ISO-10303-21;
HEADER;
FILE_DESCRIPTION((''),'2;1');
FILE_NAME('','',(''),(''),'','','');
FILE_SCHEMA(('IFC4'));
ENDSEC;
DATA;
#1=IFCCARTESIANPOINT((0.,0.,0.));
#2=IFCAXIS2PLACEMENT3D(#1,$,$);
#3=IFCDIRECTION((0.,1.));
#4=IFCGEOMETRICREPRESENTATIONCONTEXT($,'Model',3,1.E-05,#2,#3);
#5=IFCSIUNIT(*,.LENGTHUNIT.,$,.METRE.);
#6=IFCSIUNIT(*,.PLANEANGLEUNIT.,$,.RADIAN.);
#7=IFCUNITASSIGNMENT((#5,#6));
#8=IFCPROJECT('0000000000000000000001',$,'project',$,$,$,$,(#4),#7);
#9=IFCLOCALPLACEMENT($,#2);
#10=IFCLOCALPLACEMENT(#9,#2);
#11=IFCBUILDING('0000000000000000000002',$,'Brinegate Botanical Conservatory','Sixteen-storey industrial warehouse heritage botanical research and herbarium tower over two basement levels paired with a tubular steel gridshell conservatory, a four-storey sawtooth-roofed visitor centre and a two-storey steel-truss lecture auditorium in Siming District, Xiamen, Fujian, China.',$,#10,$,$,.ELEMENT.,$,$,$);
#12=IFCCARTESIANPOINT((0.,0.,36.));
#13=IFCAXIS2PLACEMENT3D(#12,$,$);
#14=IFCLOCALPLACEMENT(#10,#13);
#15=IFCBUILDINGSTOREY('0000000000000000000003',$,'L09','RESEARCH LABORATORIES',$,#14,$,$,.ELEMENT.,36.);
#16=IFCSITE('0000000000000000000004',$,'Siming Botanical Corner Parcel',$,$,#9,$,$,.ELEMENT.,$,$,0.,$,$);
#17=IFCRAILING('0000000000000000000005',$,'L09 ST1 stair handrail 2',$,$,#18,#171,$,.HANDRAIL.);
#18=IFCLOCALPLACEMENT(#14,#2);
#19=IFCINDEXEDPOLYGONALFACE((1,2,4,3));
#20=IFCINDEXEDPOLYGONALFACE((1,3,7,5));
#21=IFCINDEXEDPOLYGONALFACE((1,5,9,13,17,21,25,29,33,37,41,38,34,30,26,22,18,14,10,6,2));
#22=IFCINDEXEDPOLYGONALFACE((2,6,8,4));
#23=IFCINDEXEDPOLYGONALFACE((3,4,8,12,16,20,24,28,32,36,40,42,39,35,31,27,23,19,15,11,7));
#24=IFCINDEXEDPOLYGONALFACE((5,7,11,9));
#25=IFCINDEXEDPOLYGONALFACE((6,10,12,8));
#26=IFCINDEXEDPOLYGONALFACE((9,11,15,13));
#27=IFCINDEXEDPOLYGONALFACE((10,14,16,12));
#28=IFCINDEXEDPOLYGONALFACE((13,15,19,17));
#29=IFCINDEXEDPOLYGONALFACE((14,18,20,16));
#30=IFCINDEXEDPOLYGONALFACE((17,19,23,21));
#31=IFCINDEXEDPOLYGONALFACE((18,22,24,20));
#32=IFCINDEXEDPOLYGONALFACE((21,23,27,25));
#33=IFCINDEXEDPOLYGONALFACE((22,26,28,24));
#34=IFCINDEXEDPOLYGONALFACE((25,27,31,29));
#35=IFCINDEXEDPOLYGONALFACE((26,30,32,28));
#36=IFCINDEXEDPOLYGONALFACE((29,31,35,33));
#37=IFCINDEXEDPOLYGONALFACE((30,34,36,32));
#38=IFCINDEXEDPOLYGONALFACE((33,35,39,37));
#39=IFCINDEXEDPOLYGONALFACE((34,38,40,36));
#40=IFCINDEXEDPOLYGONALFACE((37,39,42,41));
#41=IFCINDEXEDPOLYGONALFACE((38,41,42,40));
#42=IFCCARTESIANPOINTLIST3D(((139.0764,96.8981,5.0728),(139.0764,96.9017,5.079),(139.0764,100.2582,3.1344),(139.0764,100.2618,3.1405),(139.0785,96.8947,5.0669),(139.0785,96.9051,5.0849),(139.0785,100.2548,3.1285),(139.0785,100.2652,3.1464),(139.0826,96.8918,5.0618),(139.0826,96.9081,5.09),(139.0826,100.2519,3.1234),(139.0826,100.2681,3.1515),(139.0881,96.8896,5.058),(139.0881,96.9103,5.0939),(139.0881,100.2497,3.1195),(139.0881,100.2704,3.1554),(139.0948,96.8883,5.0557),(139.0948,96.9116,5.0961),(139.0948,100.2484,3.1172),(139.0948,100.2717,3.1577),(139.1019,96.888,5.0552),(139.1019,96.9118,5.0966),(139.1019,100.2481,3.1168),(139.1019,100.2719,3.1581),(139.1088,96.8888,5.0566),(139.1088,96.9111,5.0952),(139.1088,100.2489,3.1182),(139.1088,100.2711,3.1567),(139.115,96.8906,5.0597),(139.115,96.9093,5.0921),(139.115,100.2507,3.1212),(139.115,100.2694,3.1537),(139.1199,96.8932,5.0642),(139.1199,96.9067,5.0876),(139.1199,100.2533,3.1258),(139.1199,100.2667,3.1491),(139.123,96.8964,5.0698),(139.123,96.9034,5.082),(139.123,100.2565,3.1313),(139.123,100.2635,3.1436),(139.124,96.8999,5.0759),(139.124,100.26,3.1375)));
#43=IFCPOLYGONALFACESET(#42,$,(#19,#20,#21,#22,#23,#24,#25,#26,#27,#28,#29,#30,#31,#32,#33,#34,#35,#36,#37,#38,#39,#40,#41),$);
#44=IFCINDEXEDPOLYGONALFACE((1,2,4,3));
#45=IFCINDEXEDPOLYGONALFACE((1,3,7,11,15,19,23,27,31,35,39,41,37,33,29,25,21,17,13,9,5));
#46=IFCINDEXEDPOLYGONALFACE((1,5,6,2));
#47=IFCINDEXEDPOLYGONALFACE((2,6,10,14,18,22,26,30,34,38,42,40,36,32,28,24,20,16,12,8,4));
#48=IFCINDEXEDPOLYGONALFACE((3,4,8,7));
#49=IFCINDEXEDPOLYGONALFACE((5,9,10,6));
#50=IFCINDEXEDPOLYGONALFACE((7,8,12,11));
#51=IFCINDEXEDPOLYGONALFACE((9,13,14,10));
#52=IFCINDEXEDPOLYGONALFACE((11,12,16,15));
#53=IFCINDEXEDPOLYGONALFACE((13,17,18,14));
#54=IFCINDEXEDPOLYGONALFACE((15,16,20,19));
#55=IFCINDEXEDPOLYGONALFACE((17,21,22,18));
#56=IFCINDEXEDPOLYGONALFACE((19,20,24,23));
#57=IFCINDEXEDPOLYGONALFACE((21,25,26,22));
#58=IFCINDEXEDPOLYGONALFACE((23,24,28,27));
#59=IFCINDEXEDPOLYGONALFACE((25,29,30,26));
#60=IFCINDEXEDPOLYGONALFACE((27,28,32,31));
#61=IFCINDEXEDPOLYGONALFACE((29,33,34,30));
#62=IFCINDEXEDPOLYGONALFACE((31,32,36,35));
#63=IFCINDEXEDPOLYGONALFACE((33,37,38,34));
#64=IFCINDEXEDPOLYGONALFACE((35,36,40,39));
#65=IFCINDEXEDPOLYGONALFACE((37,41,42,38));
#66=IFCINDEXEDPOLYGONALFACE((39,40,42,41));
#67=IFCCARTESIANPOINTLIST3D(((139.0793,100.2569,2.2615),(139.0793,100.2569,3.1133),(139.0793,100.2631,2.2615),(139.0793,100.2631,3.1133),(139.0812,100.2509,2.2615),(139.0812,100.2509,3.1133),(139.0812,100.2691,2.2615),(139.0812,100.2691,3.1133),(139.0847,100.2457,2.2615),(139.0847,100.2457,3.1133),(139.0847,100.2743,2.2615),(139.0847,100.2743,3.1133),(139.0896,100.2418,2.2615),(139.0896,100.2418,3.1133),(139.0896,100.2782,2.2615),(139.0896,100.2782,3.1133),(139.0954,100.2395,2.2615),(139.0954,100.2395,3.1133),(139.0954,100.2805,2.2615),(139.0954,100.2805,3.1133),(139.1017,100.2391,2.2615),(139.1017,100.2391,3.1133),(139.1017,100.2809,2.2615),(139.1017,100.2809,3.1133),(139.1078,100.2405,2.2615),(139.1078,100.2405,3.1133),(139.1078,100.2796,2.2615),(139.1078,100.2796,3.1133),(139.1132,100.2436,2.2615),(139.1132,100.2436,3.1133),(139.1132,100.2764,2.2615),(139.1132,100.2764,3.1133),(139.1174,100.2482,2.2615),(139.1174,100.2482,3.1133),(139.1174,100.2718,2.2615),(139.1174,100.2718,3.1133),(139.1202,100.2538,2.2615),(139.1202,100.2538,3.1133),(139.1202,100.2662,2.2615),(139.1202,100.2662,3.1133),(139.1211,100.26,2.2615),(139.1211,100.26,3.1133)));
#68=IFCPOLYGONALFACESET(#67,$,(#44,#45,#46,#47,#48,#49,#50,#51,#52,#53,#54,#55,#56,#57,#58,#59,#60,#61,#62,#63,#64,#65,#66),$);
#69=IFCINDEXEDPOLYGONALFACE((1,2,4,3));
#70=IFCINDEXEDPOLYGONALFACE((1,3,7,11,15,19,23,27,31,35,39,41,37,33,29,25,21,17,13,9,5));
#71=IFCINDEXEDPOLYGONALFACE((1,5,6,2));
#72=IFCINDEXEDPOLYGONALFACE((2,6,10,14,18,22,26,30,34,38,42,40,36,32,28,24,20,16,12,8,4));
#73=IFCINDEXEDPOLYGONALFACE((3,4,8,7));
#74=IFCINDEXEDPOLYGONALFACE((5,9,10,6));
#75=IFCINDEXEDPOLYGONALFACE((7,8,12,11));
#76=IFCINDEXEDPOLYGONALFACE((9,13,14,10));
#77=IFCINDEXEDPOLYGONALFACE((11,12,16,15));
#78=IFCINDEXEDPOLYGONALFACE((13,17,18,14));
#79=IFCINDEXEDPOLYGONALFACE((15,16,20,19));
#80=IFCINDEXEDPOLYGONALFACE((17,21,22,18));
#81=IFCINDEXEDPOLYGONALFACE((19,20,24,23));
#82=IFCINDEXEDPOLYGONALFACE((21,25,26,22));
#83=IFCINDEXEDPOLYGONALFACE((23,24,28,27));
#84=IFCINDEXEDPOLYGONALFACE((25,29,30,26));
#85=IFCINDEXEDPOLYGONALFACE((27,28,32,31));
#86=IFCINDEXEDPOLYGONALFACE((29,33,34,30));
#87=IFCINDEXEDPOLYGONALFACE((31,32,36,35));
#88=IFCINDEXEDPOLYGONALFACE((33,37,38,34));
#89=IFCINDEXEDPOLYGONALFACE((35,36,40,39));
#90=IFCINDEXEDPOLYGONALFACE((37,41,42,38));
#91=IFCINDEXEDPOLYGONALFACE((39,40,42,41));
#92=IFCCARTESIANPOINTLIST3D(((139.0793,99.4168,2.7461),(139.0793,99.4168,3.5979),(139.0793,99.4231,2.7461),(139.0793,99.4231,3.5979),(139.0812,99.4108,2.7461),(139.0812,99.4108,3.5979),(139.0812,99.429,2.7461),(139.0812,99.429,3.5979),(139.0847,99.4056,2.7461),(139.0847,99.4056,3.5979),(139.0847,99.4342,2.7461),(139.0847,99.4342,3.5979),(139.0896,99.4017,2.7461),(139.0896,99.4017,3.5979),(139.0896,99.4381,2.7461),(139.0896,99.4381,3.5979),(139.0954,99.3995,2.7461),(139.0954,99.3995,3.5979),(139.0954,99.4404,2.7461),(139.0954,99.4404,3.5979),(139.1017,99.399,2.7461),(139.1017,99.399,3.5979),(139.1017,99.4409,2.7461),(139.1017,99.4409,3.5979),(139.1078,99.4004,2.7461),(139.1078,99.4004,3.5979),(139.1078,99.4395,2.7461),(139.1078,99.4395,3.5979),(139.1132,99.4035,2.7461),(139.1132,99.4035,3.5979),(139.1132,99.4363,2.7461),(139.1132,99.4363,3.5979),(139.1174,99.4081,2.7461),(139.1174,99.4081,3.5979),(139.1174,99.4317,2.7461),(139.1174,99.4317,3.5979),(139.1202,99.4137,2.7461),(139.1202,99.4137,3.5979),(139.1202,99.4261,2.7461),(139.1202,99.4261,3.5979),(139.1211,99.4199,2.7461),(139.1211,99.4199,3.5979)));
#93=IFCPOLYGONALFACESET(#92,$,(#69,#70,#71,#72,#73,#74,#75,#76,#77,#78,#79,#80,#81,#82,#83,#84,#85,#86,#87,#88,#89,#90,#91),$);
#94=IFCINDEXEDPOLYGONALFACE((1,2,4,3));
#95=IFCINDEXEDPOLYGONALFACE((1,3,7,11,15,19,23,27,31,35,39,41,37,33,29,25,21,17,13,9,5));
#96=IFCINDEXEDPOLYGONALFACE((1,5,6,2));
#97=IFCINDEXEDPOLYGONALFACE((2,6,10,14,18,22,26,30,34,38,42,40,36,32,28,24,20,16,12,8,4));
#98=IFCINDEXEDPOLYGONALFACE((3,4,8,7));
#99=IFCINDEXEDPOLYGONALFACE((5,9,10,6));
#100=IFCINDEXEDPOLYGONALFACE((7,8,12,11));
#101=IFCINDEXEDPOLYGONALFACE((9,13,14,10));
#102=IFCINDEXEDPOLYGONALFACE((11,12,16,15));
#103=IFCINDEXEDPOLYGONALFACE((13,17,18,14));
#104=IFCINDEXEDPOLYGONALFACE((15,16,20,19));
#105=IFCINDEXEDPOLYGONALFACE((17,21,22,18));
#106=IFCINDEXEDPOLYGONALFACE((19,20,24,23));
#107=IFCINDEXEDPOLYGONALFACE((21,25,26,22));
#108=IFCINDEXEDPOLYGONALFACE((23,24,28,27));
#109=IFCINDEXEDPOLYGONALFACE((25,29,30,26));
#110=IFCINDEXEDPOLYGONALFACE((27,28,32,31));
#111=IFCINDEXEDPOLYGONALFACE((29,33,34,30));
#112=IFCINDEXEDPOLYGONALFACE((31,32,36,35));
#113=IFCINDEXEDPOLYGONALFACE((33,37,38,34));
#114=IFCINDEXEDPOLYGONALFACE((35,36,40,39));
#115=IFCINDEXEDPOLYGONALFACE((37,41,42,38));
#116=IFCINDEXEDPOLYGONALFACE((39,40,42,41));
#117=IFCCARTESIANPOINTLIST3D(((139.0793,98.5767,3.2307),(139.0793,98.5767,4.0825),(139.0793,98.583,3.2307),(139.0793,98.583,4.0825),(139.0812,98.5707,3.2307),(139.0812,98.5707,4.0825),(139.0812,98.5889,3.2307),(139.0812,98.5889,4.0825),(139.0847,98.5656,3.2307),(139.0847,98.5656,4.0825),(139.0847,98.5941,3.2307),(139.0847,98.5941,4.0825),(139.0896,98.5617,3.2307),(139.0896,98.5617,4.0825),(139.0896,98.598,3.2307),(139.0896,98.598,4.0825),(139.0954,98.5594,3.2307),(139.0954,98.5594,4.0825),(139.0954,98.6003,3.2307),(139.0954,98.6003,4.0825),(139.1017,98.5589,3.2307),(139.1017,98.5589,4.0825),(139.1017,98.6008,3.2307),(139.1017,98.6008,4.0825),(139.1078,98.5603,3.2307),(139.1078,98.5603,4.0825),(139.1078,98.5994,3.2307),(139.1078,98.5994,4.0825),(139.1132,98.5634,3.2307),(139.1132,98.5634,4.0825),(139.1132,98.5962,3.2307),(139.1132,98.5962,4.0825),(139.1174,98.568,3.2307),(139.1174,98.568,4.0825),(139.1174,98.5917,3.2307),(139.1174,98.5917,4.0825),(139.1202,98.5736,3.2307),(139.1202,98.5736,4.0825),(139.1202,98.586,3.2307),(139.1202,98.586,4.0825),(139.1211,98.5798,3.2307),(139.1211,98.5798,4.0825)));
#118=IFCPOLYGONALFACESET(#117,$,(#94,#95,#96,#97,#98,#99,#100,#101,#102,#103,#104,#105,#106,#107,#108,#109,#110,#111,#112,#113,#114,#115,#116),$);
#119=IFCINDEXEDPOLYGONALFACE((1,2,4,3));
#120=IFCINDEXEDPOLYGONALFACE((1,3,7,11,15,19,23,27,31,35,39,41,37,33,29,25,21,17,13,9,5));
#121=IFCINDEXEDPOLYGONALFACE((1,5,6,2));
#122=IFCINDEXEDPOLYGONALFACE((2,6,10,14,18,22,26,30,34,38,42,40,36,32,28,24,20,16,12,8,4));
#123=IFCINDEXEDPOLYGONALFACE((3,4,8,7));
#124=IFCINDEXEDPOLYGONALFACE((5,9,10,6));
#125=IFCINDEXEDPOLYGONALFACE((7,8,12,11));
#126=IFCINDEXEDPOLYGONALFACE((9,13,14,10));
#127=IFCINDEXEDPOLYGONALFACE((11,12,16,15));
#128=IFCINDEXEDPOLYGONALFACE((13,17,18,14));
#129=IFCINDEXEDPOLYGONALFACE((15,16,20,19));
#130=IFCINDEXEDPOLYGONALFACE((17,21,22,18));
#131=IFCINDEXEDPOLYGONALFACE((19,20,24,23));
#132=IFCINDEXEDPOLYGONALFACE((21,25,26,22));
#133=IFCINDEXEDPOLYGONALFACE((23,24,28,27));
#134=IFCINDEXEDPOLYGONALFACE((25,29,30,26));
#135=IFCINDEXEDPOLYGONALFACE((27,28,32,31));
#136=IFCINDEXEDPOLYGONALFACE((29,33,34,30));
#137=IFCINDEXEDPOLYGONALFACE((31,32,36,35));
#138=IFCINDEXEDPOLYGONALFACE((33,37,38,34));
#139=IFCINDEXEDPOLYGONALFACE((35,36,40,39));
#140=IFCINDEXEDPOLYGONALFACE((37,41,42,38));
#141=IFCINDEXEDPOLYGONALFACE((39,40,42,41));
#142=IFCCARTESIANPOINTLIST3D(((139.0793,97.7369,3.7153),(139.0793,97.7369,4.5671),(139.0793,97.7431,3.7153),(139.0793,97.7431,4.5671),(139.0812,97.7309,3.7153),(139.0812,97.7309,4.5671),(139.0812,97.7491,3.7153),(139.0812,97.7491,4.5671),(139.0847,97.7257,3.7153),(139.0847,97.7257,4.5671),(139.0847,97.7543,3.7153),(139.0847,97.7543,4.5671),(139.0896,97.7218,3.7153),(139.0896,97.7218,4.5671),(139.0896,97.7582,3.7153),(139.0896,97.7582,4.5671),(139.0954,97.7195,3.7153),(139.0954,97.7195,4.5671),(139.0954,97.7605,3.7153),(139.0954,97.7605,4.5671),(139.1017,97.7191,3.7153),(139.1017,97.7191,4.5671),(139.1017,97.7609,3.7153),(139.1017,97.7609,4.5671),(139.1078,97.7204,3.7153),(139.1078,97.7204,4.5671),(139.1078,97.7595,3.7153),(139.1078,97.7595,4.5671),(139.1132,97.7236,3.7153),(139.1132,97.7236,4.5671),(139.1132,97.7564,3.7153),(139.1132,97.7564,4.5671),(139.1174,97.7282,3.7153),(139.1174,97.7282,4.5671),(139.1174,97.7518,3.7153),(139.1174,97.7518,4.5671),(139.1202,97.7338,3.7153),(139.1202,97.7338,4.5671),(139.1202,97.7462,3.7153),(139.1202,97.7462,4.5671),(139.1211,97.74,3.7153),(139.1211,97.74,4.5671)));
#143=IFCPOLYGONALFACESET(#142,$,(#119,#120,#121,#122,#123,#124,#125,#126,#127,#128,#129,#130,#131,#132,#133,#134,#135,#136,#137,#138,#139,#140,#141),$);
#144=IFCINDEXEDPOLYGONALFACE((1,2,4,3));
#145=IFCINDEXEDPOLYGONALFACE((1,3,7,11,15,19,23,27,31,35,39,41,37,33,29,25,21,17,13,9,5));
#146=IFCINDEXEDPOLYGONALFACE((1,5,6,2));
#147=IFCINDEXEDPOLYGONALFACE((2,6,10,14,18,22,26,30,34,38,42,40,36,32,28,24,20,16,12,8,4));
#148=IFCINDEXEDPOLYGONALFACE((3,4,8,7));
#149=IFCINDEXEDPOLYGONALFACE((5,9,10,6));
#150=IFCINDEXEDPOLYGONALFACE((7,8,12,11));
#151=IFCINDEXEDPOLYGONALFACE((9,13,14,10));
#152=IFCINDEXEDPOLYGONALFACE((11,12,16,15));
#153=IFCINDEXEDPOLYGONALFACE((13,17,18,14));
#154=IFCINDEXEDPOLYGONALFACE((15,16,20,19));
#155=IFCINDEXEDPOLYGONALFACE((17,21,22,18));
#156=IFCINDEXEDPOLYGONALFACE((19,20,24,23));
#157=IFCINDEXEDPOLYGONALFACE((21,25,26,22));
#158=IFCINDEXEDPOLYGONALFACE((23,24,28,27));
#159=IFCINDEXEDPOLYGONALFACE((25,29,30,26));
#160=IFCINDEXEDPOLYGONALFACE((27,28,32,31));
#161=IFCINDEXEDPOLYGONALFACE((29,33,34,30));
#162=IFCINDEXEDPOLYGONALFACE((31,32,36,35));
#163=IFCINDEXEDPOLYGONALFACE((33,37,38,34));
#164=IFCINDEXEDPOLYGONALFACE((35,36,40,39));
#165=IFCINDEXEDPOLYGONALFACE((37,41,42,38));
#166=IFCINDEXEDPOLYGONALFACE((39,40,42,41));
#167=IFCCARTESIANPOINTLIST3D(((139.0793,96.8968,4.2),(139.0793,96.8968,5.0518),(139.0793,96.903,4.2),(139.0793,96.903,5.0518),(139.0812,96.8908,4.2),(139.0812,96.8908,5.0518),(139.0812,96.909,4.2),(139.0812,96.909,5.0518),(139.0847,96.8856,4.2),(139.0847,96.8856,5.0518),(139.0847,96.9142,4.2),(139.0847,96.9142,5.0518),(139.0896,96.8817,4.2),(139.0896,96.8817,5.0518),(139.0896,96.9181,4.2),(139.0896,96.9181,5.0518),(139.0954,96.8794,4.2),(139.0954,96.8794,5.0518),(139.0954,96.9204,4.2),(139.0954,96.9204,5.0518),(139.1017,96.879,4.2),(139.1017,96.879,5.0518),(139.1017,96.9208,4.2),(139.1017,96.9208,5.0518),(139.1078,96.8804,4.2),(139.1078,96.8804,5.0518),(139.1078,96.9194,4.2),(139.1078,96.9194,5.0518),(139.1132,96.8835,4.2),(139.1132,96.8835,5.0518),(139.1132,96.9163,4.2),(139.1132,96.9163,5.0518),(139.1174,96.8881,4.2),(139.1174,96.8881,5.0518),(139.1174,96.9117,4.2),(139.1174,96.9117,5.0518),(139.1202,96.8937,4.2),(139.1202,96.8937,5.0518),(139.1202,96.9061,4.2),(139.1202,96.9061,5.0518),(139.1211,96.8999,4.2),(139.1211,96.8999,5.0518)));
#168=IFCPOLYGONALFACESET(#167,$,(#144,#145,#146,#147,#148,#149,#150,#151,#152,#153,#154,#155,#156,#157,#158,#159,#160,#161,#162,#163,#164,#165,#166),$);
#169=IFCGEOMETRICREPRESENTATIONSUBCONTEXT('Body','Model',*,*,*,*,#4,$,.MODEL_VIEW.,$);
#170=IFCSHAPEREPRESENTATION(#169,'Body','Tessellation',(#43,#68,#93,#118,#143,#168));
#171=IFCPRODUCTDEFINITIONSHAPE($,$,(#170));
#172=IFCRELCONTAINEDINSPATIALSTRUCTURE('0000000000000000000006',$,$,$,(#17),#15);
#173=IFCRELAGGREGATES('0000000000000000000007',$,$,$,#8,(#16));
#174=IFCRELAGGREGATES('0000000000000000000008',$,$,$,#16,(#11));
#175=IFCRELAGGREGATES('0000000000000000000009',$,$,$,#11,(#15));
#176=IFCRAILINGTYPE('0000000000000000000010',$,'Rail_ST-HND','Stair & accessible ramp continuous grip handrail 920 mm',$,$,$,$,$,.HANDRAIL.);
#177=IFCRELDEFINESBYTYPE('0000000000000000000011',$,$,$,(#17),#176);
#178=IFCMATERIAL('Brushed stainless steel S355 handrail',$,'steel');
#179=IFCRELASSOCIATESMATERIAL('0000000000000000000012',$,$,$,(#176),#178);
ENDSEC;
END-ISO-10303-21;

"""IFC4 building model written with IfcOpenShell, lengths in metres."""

from ifc_helpers import new_model, si_unit, direction, frame, origin, origin_2d, place, context, subcontext, project, spatial, circle, extrude, material, type_object, element, save


model = new_model("IFC4")

# Units and contexts
model_context = context("Model", 3, precision=1e-05, world=origin(), true_north=direction((0.0, 1.0)))
body_context = subcontext(model_context, "Body", "Model", "MODEL_VIEW")
ifc_project = project(units=[si_unit("LENGTHUNIT", "METRE"), si_unit("PLANEANGLEUNIT", "RADIAN")], contexts=[model_context])

# Site, building, storey
site_placement = place(None, origin())
site = spatial("IfcSite", under=ifc_project, at=site_placement, Name="Siming Botanical Corner Parcel", CompositionType="ELEMENT", RefElevation=0.0)
building_placement = place(site_placement, origin())
building = spatial("IfcBuilding", under=site, at=building_placement, Name="Brinegate Botanical Conservatory", Description="Sixteen-storey industrial warehouse heritage botanical research and herbarium tower over two basement levels paired with a tubular steel gridshell conservatory, a four-storey sawtooth-roofed visitor centre and a two-storey steel-truss lecture auditorium in Siming District, Xiamen, Fujian, China.", CompositionType="ELEMENT")
storey_placement = place(building_placement, frame((0.0, 0.0, 36.0)))
storey = spatial("IfcBuildingStorey", under=building, at=storey_placement, Name="L09", Description="RESEARCH LABORATORIES", CompositionType="ELEMENT", Elevation=36.0)

# Railing
ifc_material_1 = material(Name="Brushed stainless steel S355 handrail", Category="steel")
railing_type_1 = type_object("IfcRailingType", Name="Rail_ST-HND", Description="Stair & accessible ramp continuous grip handrail 920 mm", PredefinedType="HANDRAIL", material=ifc_material_1)
railing_1_placement = place(storey_placement, frame((139.1001, 100.26, 2.2615)))
element("IfcRailing", 1, at=railing_1_placement, inside=storey, type_object=railing_type_1, Name="L09 ST1 stair handrail 2", PredefinedType="HANDRAIL", context=body_context, shape_type="SweptSolid", body=[
    extrude(circle(Radius=0.0239, at=origin_2d()), frame((0.0, 0.0, 0.876), z_axis=(0.0, -0.866191, 0.499713), x_axis=(1.0, 0.0, 0.0)), (0.0, 0.0, 1.0), 3.8792),
    extrude(circle(Radius=0.021, at=origin_2d()), origin(), (0.0, 0.0, 1.0), 0.8518),
    extrude(circle(Radius=0.021, at=origin_2d()), frame((0.0, -0.8401, 0.4846)), (0.0, 0.0, 1.0), 0.8518),
    extrude(circle(Radius=0.021, at=origin_2d()), frame((0.0, -1.6802, 0.9692)), (0.0, 0.0, 1.0), 0.8518),
    extrude(circle(Radius=0.021, at=origin_2d()), frame((0.0, -2.52, 1.4539)), (0.0, 0.0, 1.0), 0.8518),
    extrude(circle(Radius=0.021, at=origin_2d()), frame((0.0, -3.3601, 1.9385)), (0.0, 0.0, 1.0), 0.8518),
])

save(model, "model.ifc")
